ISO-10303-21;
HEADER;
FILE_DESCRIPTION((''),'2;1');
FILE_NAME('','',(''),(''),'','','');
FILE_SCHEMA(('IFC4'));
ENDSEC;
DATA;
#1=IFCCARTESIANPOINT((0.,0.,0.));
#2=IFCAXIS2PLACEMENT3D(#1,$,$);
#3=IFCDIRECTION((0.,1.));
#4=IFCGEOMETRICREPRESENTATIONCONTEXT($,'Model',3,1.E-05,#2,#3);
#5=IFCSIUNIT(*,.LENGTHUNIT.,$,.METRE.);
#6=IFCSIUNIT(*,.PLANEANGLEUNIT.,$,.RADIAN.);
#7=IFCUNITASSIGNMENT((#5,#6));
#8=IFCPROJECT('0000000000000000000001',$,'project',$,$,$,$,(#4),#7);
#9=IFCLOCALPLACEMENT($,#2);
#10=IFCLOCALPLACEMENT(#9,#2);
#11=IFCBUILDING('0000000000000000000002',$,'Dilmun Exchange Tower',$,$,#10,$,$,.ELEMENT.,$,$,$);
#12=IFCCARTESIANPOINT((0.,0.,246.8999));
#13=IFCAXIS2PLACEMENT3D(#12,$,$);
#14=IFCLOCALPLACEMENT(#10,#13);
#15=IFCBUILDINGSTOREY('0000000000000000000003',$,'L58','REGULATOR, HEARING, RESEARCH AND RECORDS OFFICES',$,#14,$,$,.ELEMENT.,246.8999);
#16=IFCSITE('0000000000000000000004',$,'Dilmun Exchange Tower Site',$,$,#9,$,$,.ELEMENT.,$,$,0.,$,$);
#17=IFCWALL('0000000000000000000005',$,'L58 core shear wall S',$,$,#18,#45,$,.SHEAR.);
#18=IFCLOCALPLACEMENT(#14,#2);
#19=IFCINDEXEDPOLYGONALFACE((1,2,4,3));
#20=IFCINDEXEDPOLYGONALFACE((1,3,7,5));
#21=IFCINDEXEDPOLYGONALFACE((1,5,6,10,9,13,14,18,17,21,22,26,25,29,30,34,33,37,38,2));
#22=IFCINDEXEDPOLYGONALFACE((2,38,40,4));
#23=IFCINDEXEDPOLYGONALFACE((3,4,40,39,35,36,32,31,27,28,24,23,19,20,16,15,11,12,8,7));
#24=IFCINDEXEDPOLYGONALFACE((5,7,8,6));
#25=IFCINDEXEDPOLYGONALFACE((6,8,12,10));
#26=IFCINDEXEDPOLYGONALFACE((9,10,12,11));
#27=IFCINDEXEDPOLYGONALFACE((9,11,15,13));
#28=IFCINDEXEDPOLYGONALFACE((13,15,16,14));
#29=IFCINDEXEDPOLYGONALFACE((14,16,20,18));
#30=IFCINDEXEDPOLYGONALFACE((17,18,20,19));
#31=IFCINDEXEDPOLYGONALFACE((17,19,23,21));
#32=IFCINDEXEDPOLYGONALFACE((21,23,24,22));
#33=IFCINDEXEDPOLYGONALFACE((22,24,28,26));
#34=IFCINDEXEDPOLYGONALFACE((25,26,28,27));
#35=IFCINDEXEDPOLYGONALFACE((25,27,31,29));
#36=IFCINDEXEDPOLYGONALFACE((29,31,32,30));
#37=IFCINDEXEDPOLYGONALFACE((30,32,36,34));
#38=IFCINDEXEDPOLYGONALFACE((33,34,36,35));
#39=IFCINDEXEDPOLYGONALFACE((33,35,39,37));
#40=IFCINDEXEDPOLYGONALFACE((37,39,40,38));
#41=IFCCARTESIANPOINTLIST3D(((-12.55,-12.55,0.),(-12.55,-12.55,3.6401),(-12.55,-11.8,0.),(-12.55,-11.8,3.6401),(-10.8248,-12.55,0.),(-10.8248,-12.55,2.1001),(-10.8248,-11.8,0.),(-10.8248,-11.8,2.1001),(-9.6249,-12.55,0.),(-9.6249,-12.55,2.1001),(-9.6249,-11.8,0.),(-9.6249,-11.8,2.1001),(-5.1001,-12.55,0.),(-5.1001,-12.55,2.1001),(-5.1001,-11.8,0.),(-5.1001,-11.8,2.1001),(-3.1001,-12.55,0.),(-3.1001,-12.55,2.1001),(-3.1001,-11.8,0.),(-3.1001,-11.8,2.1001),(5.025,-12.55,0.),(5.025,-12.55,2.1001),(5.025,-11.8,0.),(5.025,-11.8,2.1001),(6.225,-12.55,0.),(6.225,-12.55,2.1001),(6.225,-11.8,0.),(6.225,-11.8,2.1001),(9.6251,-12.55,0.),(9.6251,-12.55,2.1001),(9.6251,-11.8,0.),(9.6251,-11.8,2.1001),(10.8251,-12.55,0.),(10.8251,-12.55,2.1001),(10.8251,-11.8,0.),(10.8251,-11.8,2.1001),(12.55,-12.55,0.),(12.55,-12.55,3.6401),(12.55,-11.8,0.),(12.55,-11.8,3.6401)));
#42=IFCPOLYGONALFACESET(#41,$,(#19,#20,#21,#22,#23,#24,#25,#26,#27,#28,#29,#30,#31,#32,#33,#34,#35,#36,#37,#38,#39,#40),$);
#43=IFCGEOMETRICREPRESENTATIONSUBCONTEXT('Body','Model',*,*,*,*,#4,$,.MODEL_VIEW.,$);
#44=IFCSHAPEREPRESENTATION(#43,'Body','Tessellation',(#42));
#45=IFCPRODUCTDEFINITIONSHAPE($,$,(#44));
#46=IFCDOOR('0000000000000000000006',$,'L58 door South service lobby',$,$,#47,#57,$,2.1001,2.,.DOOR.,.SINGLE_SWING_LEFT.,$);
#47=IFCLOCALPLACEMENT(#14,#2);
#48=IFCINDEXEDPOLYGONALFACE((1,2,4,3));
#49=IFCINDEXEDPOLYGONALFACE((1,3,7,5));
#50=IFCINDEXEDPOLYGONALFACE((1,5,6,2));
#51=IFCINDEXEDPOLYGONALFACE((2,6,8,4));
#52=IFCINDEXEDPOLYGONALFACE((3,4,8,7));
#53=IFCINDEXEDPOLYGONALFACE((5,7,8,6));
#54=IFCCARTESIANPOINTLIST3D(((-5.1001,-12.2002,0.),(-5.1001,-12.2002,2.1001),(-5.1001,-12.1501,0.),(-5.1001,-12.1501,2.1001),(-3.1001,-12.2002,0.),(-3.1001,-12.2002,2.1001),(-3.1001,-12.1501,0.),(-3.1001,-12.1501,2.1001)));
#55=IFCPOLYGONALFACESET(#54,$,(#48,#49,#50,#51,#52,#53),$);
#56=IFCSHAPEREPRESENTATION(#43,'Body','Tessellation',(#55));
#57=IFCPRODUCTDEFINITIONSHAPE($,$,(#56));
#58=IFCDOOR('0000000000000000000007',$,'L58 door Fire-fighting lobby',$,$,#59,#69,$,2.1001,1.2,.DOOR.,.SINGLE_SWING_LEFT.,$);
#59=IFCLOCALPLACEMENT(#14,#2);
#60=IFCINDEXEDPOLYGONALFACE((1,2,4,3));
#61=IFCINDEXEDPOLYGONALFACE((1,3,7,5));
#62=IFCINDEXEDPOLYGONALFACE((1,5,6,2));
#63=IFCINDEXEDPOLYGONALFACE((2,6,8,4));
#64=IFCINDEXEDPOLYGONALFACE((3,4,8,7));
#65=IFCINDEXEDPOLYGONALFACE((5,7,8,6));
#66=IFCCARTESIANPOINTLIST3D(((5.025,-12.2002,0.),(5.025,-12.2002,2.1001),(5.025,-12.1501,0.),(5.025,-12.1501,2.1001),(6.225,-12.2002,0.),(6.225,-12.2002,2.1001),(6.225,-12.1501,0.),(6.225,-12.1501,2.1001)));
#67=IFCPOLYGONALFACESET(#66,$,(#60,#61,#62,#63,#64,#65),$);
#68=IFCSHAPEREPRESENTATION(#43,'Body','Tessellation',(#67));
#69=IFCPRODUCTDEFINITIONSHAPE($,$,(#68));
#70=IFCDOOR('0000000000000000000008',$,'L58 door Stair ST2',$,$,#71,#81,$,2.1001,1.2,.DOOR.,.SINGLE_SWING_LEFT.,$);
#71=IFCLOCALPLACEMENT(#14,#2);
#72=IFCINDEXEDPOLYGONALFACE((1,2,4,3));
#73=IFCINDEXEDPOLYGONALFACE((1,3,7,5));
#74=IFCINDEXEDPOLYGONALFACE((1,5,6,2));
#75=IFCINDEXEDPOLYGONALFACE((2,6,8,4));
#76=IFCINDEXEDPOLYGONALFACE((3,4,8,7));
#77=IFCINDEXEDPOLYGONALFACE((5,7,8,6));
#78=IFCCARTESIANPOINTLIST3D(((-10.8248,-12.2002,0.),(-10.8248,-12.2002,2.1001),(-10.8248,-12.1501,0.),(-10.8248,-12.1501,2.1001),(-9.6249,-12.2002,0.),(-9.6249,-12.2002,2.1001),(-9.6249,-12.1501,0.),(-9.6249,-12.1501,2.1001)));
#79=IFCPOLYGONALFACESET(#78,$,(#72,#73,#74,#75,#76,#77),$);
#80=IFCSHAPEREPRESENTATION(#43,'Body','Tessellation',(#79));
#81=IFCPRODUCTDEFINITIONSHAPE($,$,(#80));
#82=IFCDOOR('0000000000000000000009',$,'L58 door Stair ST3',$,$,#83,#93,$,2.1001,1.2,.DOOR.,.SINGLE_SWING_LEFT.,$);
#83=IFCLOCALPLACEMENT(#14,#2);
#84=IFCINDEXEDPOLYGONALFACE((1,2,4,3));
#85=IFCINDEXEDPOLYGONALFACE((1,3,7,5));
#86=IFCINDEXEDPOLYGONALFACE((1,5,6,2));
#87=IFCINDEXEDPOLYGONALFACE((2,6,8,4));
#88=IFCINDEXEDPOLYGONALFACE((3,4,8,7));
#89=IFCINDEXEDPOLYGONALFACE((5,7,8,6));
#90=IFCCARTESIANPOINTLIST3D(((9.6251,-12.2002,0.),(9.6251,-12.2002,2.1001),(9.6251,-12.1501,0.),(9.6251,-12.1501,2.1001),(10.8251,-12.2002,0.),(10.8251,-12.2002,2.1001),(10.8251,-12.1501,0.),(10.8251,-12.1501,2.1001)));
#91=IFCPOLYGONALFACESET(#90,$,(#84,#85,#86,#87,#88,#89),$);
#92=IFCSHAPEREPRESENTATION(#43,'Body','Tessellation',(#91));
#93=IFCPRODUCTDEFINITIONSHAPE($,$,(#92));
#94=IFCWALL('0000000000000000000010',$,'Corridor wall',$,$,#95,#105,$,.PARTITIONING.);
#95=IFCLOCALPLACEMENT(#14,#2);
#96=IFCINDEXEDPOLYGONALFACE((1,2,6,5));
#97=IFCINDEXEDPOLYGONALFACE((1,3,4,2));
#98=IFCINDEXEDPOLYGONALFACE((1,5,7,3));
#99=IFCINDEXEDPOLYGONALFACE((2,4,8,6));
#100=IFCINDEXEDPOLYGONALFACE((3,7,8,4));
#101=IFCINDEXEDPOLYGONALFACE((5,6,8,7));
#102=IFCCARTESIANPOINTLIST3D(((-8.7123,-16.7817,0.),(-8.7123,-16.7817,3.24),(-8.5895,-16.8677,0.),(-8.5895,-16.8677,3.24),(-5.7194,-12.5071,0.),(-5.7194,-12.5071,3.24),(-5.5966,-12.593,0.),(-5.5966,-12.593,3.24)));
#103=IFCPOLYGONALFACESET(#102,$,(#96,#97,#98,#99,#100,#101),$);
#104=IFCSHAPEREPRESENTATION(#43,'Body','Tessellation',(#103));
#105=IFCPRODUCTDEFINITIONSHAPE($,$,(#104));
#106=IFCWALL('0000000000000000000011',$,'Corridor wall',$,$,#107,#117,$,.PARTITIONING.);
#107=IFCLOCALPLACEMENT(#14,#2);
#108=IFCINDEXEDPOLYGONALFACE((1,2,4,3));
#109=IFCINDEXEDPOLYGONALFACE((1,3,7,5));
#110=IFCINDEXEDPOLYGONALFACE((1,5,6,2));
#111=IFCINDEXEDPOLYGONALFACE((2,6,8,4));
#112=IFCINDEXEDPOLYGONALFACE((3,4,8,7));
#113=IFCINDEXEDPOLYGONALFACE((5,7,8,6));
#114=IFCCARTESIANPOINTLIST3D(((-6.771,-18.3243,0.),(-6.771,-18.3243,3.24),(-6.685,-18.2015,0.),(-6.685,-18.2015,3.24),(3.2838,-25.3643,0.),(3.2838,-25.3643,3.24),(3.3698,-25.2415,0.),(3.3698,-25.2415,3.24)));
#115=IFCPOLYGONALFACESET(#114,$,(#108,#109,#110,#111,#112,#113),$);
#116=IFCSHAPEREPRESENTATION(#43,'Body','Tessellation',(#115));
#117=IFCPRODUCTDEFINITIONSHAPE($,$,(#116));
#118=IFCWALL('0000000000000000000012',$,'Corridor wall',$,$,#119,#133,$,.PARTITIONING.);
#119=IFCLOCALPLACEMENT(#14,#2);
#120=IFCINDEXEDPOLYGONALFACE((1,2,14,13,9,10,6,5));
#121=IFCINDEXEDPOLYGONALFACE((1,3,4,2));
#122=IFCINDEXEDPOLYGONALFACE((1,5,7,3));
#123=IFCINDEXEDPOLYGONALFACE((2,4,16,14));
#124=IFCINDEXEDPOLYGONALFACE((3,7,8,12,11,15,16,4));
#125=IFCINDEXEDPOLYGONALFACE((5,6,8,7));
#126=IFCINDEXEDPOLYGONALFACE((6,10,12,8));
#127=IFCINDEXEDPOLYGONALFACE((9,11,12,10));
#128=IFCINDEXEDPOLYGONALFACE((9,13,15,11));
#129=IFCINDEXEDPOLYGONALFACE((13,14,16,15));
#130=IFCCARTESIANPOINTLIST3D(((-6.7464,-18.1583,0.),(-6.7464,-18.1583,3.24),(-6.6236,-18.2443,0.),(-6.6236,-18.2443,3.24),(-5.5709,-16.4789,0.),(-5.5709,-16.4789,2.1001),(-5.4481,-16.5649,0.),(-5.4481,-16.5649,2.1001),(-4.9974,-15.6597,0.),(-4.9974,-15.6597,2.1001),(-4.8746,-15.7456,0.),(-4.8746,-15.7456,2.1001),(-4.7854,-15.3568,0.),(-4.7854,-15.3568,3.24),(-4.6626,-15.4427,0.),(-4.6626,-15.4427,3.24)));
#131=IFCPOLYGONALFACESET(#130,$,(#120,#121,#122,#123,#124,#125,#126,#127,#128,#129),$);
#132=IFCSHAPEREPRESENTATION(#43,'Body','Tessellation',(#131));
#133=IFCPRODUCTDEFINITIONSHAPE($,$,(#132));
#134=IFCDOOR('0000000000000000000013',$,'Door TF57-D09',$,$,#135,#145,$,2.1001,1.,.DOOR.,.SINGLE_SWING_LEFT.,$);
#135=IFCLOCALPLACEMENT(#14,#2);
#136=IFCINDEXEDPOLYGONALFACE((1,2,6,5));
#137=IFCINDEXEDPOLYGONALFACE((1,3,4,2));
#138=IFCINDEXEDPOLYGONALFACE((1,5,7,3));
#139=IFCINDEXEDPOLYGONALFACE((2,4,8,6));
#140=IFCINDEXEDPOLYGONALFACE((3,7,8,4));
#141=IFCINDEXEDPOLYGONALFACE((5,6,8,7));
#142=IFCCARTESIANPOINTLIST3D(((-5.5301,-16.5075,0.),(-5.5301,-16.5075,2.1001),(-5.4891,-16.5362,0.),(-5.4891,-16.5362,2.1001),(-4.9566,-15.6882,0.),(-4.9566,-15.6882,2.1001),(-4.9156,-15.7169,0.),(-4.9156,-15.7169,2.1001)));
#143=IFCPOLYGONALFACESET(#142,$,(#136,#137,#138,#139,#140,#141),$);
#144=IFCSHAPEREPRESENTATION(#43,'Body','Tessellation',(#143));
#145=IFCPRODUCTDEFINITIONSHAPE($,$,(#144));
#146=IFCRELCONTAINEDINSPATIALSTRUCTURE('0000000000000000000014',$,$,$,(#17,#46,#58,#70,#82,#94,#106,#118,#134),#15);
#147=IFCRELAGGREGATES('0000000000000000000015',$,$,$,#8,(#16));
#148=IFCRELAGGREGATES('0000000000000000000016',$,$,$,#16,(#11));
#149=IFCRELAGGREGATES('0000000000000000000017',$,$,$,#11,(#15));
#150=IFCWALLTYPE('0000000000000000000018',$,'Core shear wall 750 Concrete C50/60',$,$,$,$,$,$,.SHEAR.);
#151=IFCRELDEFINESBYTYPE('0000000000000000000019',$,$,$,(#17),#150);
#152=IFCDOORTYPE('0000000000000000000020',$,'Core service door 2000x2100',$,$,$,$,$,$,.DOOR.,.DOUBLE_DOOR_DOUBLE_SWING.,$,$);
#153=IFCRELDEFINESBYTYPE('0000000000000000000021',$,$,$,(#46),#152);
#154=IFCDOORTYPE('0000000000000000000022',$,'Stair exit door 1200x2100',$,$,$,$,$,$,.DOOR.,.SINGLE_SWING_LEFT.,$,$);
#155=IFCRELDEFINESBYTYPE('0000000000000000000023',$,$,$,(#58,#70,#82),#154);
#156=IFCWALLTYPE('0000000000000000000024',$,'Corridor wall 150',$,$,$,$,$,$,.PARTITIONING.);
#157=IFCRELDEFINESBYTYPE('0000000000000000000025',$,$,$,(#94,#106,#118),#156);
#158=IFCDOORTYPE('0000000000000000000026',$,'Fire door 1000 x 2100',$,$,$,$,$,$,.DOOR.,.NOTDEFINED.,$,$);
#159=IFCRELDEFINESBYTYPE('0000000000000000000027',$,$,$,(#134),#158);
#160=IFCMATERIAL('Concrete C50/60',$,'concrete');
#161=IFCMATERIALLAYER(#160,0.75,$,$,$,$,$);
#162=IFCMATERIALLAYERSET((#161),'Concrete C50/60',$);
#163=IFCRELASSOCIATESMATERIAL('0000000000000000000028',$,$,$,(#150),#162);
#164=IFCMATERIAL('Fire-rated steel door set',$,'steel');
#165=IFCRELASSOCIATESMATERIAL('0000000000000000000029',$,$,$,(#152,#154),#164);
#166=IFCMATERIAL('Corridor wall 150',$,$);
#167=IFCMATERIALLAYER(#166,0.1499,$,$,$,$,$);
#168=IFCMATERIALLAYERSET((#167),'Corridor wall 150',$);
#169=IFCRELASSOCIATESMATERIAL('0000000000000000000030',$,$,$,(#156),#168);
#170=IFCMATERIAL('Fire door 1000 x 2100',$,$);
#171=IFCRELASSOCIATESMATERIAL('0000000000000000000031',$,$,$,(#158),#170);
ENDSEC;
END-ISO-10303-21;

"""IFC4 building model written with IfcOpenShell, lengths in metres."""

from ifc_helpers import new_model, si_unit, direction, frame, frame_2d, origin, place, context, subcontext, project, spatial, rectangle, extrude, material, layer, layer_set, type_object, element, fill, save


model = new_model("IFC4")

# Units and contexts
model_context = context("Model", 3, precision=1e-05, world=origin(), true_north=direction((0.0, 1.0)))
body_context = subcontext(model_context, "Body", "Model", "MODEL_VIEW")
ifc_project = project(units=[si_unit("LENGTHUNIT", "METRE"), si_unit("PLANEANGLEUNIT", "RADIAN")], contexts=[model_context])

# Site, building, storey
site_placement = place(None, origin())
site = spatial("IfcSite", under=ifc_project, at=site_placement, Name="Dilmun Exchange Tower Site", CompositionType="ELEMENT", RefElevation=0.0)
building_placement = place(site_placement, origin())
building = spatial("IfcBuilding", under=site, at=building_placement, Name="Dilmun Exchange Tower", CompositionType="ELEMENT")
storey_placement = place(building_placement, frame((0.0, 0.0, 246.8999)))
storey = spatial("IfcBuildingStorey", under=building, at=storey_placement, Name="L58", Description="REGULATOR, HEARING, RESEARCH AND RECORDS OFFICES", CompositionType="ELEMENT", Elevation=246.8999)

# Shared definitions
ifc_material_1 = material(Name="Concrete C50/60", Category="concrete")

# Shared definitions
ifc_material_2 = material(Name="Fire-rated steel door set", Category="steel")

# Wall, openings, doors
ifc_layer_1 = layer(ifc_material_1, 0.75)
ifc_layer_set_1 = layer_set([ifc_layer_1], Name="Concrete C50/60")
wall_type_1 = type_object("IfcWallType", Name="Core shear wall 750 Concrete C50/60", PredefinedType="SHEAR", material=ifc_layer_set_1)
wall_1_placement = place(storey_placement, frame((-12.55, -12.175, 0.0), z_axis=(0.0, 0.0, 1.0), x_axis=(1.0, 0.0, 0.0)))
wall_1 = element("IfcWall", 1, at=wall_1_placement, inside=storey, type_object=wall_type_1, Name="L58 core shear wall S", PredefinedType="SHEAR", context=body_context, shape_type="SweptSolid", body=[
    extrude(rectangle(XDim=25.1001, YDim=0.75, at=frame_2d((12.55, 0.0))), origin(), (0.0, 0.0, 1.0), 3.6401),
])
opening_1_placement = place(wall_1_placement, frame((7.45, 0.0, 0.0)))
opening_1 = element("IfcOpeningElement", 2, at=opening_1_placement, cuts=wall_1, PredefinedType="OPENING", context=body_context, shape_type="SweptSolid", body=[
    extrude(rectangle(XDim=2.0, YDim=2.1001, at=frame_2d((1.0, 1.05))), frame((0.0, 0.385, 0.0), z_axis=(0.0, -1.0, 0.0), x_axis=(1.0, 0.0, 0.0)), (0.0, 0.0, 1.0), 0.77),
])
opening_2_placement = place(wall_1_placement, frame((17.575, 0.0, 0.0)))
opening_2 = element("IfcOpeningElement", 3, at=opening_2_placement, cuts=wall_1, PredefinedType="OPENING", context=body_context, shape_type="SweptSolid", body=[
    extrude(rectangle(XDim=1.2, YDim=2.1001, at=frame_2d((0.6001, 1.05))), frame((0.0, 0.385, 0.0), z_axis=(0.0, -1.0, 0.0), x_axis=(1.0, 0.0, 0.0)), (0.0, 0.0, 1.0), 0.77),
])
opening_3_placement = place(wall_1_placement, frame((1.7251, 0.0, 0.0)))
opening_3 = element("IfcOpeningElement", 4, at=opening_3_placement, cuts=wall_1, PredefinedType="OPENING", context=body_context, shape_type="SweptSolid", body=[
    extrude(rectangle(XDim=1.2, YDim=2.1001, at=frame_2d((0.6001, 1.05))), frame((0.0, 0.385, 0.0), z_axis=(0.0, -1.0, 0.0), x_axis=(1.0, 0.0, 0.0)), (0.0, 0.0, 1.0), 0.77),
])
opening_4_placement = place(wall_1_placement, frame((22.175, 0.0, 0.0)))
opening_4 = element("IfcOpeningElement", 5, at=opening_4_placement, cuts=wall_1, PredefinedType="OPENING", context=body_context, shape_type="SweptSolid", body=[
    extrude(rectangle(XDim=1.2, YDim=2.1001, at=frame_2d((0.6001, 1.05))), frame((0.0, 0.385, 0.0), z_axis=(0.0, -1.0, 0.0), x_axis=(1.0, 0.0, 0.0)), (0.0, 0.0, 1.0), 0.77),
])
door_type_1 = type_object("IfcDoorType", Name="Core service door 2000x2100", OperationType="DOUBLE_DOOR_DOUBLE_SWING", PredefinedType="DOOR", material=ifc_material_2)
door_1_placement = place(opening_1_placement, origin())
door_1 = element("IfcDoor", 6, at=door_1_placement, inside=storey, type_object=door_type_1, Name="L58 door South service lobby", OperationType="SINGLE_SWING_LEFT", OverallHeight=2.1001, OverallWidth=2.0, PredefinedType="DOOR", context=body_context, shape_type="SweptSolid", body=[
    extrude(rectangle(XDim=2.0, YDim=2.1001, at=frame_2d((1.0, 1.05))), frame((0.0, 0.0249, 0.0), z_axis=(0.0, -1.0, 0.0), x_axis=(1.0, 0.0, 0.0)), (0.0, 0.0, 1.0), 0.05),
])
fill(opening_1, door_1)
door_type_2 = type_object("IfcDoorType", Name="Stair exit door 1200x2100", OperationType="SINGLE_SWING_LEFT", PredefinedType="DOOR", material=ifc_material_2)
door_2_placement = place(opening_2_placement, origin())
door_2 = element("IfcDoor", 7, at=door_2_placement, inside=storey, type_object=door_type_2, Name="L58 door Fire-fighting lobby", OperationType="SINGLE_SWING_LEFT", OverallHeight=2.1001, OverallWidth=1.2, PredefinedType="DOOR", context=body_context, shape_type="SweptSolid", body=[
    extrude(rectangle(XDim=1.2, YDim=2.1001, at=frame_2d((0.6001, 1.05))), frame((0.0, 0.0249, 0.0), z_axis=(0.0, -1.0, 0.0), x_axis=(1.0, 0.0, 0.0)), (0.0, 0.0, 1.0), 0.05),
])
fill(opening_2, door_2)
door_3_placement = place(opening_3_placement, origin())
door_3 = element("IfcDoor", 8, at=door_3_placement, inside=storey, type_object=door_type_2, Name="L58 door Stair ST2", OperationType="SINGLE_SWING_LEFT", OverallHeight=2.1001, OverallWidth=1.2, PredefinedType="DOOR", context=body_context, shape_type="SweptSolid", body=[
    extrude(rectangle(XDim=1.2, YDim=2.1001, at=frame_2d((0.6001, 1.05))), frame((0.0, 0.0249, 0.0), z_axis=(0.0, -1.0, 0.0), x_axis=(1.0, 0.0, 0.0)), (0.0, 0.0, 1.0), 0.05),
])
fill(opening_3, door_3)
door_4_placement = place(opening_4_placement, origin())
door_4 = element("IfcDoor", 9, at=door_4_placement, inside=storey, type_object=door_type_2, Name="L58 door Stair ST3", OperationType="SINGLE_SWING_LEFT", OverallHeight=2.1001, OverallWidth=1.2, PredefinedType="DOOR", context=body_context, shape_type="SweptSolid", body=[
    extrude(rectangle(XDim=1.2, YDim=2.1001, at=frame_2d((0.6001, 1.05))), frame((0.0, 0.0249, 0.0), z_axis=(0.0, -1.0, 0.0), x_axis=(1.0, 0.0, 0.0)), (0.0, 0.0, 1.0), 0.05),
])
fill(opening_4, door_4)

# Walls
ifc_material_3 = material(Name="Corridor wall 150")
ifc_layer_2 = layer(ifc_material_3, 0.1499)
ifc_layer_set_2 = layer_set([ifc_layer_2], Name="Corridor wall 150")
wall_type_2 = type_object("IfcWallType", Name="Corridor wall 150", PredefinedType="PARTITIONING", material=ifc_layer_set_2)
wall_2_placement = place(storey_placement, frame((-8.6509, -16.8247, 0.0), z_axis=(0.0, 0.0, 1.0), x_axis=(0.573547, 0.819173, 0.0)))
element("IfcWall", 10, at=wall_2_placement, inside=storey, type_object=wall_type_2, Name="Corridor wall", PredefinedType="PARTITIONING", context=body_context, shape_type="SweptSolid", body=[
    extrude(rectangle(XDim=5.2183, YDim=0.1499, at=frame_2d((2.6091, 0.0))), origin(), (0.0, 0.0, 1.0), 3.24),
])
wall_3_placement = place(storey_placement, frame((-6.728, -18.2629, 0.0), z_axis=(0.0, 0.0, 1.0), x_axis=(0.819171, -0.573549, 0.0)))
element("IfcWall", 11, at=wall_3_placement, inside=storey, type_object=wall_type_2, Name="Corridor wall", PredefinedType="PARTITIONING", context=body_context, shape_type="SweptSolid", body=[
    extrude(rectangle(XDim=12.2744, YDim=0.1499, at=frame_2d((6.1372, 0.0))), origin(), (0.0, 0.0, 1.0), 3.24),
])

# Wall, opening, door
wall_4_placement = place(storey_placement, frame((-6.6851, -18.2014, 0.0), z_axis=(0.0, 0.0, 1.0), x_axis=(0.573438, 0.819249, 0.0)))
wall_4 = element("IfcWall", 12, at=wall_4_placement, inside=storey, type_object=wall_type_2, Name="Corridor wall", PredefinedType="PARTITIONING", context=body_context, shape_type="SweptSolid", body=[
    extrude(rectangle(XDim=3.4197, YDim=0.1499, at=frame_2d((1.71, 0.0))), origin(), (0.0, 0.0, 1.0), 3.24),
])
opening_5_placement = place(wall_4_placement, frame((2.05, 0.0, 0.0)))
opening_5 = element("IfcOpeningElement", 13, at=opening_5_placement, cuts=wall_4, PredefinedType="OPENING", context=body_context, shape_type="SweptSolid", body=[
    extrude(rectangle(XDim=1.0, YDim=2.1001, at=frame_2d((0.5, 1.05))), frame((0.0, 0.085, 0.0), z_axis=(0.0, -1.0, 0.0), x_axis=(1.0, 0.0, 0.0)), (0.0, 0.0, 1.0), 0.1699),
])
ifc_material_4 = material(Name="Fire door 1000 x 2100")
door_type_3 = type_object("IfcDoorType", Name="Fire door 1000 x 2100", OperationType="NOTDEFINED", PredefinedType="DOOR", material=ifc_material_4)
door_5_placement = place(opening_5_placement, frame((1.0, 0.0, 0.0), z_axis=(0.0, 0.0, 1.0), x_axis=(-1.0, 0.0, 0.0)))
door_5 = element("IfcDoor", 14, at=door_5_placement, inside=storey, type_object=door_type_3, Name="Door TF57-D09", OperationType="SINGLE_SWING_LEFT", OverallHeight=2.1001, OverallWidth=1.0, PredefinedType="DOOR", context=body_context, shape_type="SweptSolid", body=[
    extrude(rectangle(XDim=1.0, YDim=2.1001, at=frame_2d((0.5, 1.05))), frame((0.0, 0.0249, 0.0), z_axis=(0.0, -1.0, 0.0), x_axis=(1.0, 0.0, 0.0)), (0.0, 0.0, 1.0), 0.05),
])
fill(opening_5, door_5)

save(model, "model.ifc")
